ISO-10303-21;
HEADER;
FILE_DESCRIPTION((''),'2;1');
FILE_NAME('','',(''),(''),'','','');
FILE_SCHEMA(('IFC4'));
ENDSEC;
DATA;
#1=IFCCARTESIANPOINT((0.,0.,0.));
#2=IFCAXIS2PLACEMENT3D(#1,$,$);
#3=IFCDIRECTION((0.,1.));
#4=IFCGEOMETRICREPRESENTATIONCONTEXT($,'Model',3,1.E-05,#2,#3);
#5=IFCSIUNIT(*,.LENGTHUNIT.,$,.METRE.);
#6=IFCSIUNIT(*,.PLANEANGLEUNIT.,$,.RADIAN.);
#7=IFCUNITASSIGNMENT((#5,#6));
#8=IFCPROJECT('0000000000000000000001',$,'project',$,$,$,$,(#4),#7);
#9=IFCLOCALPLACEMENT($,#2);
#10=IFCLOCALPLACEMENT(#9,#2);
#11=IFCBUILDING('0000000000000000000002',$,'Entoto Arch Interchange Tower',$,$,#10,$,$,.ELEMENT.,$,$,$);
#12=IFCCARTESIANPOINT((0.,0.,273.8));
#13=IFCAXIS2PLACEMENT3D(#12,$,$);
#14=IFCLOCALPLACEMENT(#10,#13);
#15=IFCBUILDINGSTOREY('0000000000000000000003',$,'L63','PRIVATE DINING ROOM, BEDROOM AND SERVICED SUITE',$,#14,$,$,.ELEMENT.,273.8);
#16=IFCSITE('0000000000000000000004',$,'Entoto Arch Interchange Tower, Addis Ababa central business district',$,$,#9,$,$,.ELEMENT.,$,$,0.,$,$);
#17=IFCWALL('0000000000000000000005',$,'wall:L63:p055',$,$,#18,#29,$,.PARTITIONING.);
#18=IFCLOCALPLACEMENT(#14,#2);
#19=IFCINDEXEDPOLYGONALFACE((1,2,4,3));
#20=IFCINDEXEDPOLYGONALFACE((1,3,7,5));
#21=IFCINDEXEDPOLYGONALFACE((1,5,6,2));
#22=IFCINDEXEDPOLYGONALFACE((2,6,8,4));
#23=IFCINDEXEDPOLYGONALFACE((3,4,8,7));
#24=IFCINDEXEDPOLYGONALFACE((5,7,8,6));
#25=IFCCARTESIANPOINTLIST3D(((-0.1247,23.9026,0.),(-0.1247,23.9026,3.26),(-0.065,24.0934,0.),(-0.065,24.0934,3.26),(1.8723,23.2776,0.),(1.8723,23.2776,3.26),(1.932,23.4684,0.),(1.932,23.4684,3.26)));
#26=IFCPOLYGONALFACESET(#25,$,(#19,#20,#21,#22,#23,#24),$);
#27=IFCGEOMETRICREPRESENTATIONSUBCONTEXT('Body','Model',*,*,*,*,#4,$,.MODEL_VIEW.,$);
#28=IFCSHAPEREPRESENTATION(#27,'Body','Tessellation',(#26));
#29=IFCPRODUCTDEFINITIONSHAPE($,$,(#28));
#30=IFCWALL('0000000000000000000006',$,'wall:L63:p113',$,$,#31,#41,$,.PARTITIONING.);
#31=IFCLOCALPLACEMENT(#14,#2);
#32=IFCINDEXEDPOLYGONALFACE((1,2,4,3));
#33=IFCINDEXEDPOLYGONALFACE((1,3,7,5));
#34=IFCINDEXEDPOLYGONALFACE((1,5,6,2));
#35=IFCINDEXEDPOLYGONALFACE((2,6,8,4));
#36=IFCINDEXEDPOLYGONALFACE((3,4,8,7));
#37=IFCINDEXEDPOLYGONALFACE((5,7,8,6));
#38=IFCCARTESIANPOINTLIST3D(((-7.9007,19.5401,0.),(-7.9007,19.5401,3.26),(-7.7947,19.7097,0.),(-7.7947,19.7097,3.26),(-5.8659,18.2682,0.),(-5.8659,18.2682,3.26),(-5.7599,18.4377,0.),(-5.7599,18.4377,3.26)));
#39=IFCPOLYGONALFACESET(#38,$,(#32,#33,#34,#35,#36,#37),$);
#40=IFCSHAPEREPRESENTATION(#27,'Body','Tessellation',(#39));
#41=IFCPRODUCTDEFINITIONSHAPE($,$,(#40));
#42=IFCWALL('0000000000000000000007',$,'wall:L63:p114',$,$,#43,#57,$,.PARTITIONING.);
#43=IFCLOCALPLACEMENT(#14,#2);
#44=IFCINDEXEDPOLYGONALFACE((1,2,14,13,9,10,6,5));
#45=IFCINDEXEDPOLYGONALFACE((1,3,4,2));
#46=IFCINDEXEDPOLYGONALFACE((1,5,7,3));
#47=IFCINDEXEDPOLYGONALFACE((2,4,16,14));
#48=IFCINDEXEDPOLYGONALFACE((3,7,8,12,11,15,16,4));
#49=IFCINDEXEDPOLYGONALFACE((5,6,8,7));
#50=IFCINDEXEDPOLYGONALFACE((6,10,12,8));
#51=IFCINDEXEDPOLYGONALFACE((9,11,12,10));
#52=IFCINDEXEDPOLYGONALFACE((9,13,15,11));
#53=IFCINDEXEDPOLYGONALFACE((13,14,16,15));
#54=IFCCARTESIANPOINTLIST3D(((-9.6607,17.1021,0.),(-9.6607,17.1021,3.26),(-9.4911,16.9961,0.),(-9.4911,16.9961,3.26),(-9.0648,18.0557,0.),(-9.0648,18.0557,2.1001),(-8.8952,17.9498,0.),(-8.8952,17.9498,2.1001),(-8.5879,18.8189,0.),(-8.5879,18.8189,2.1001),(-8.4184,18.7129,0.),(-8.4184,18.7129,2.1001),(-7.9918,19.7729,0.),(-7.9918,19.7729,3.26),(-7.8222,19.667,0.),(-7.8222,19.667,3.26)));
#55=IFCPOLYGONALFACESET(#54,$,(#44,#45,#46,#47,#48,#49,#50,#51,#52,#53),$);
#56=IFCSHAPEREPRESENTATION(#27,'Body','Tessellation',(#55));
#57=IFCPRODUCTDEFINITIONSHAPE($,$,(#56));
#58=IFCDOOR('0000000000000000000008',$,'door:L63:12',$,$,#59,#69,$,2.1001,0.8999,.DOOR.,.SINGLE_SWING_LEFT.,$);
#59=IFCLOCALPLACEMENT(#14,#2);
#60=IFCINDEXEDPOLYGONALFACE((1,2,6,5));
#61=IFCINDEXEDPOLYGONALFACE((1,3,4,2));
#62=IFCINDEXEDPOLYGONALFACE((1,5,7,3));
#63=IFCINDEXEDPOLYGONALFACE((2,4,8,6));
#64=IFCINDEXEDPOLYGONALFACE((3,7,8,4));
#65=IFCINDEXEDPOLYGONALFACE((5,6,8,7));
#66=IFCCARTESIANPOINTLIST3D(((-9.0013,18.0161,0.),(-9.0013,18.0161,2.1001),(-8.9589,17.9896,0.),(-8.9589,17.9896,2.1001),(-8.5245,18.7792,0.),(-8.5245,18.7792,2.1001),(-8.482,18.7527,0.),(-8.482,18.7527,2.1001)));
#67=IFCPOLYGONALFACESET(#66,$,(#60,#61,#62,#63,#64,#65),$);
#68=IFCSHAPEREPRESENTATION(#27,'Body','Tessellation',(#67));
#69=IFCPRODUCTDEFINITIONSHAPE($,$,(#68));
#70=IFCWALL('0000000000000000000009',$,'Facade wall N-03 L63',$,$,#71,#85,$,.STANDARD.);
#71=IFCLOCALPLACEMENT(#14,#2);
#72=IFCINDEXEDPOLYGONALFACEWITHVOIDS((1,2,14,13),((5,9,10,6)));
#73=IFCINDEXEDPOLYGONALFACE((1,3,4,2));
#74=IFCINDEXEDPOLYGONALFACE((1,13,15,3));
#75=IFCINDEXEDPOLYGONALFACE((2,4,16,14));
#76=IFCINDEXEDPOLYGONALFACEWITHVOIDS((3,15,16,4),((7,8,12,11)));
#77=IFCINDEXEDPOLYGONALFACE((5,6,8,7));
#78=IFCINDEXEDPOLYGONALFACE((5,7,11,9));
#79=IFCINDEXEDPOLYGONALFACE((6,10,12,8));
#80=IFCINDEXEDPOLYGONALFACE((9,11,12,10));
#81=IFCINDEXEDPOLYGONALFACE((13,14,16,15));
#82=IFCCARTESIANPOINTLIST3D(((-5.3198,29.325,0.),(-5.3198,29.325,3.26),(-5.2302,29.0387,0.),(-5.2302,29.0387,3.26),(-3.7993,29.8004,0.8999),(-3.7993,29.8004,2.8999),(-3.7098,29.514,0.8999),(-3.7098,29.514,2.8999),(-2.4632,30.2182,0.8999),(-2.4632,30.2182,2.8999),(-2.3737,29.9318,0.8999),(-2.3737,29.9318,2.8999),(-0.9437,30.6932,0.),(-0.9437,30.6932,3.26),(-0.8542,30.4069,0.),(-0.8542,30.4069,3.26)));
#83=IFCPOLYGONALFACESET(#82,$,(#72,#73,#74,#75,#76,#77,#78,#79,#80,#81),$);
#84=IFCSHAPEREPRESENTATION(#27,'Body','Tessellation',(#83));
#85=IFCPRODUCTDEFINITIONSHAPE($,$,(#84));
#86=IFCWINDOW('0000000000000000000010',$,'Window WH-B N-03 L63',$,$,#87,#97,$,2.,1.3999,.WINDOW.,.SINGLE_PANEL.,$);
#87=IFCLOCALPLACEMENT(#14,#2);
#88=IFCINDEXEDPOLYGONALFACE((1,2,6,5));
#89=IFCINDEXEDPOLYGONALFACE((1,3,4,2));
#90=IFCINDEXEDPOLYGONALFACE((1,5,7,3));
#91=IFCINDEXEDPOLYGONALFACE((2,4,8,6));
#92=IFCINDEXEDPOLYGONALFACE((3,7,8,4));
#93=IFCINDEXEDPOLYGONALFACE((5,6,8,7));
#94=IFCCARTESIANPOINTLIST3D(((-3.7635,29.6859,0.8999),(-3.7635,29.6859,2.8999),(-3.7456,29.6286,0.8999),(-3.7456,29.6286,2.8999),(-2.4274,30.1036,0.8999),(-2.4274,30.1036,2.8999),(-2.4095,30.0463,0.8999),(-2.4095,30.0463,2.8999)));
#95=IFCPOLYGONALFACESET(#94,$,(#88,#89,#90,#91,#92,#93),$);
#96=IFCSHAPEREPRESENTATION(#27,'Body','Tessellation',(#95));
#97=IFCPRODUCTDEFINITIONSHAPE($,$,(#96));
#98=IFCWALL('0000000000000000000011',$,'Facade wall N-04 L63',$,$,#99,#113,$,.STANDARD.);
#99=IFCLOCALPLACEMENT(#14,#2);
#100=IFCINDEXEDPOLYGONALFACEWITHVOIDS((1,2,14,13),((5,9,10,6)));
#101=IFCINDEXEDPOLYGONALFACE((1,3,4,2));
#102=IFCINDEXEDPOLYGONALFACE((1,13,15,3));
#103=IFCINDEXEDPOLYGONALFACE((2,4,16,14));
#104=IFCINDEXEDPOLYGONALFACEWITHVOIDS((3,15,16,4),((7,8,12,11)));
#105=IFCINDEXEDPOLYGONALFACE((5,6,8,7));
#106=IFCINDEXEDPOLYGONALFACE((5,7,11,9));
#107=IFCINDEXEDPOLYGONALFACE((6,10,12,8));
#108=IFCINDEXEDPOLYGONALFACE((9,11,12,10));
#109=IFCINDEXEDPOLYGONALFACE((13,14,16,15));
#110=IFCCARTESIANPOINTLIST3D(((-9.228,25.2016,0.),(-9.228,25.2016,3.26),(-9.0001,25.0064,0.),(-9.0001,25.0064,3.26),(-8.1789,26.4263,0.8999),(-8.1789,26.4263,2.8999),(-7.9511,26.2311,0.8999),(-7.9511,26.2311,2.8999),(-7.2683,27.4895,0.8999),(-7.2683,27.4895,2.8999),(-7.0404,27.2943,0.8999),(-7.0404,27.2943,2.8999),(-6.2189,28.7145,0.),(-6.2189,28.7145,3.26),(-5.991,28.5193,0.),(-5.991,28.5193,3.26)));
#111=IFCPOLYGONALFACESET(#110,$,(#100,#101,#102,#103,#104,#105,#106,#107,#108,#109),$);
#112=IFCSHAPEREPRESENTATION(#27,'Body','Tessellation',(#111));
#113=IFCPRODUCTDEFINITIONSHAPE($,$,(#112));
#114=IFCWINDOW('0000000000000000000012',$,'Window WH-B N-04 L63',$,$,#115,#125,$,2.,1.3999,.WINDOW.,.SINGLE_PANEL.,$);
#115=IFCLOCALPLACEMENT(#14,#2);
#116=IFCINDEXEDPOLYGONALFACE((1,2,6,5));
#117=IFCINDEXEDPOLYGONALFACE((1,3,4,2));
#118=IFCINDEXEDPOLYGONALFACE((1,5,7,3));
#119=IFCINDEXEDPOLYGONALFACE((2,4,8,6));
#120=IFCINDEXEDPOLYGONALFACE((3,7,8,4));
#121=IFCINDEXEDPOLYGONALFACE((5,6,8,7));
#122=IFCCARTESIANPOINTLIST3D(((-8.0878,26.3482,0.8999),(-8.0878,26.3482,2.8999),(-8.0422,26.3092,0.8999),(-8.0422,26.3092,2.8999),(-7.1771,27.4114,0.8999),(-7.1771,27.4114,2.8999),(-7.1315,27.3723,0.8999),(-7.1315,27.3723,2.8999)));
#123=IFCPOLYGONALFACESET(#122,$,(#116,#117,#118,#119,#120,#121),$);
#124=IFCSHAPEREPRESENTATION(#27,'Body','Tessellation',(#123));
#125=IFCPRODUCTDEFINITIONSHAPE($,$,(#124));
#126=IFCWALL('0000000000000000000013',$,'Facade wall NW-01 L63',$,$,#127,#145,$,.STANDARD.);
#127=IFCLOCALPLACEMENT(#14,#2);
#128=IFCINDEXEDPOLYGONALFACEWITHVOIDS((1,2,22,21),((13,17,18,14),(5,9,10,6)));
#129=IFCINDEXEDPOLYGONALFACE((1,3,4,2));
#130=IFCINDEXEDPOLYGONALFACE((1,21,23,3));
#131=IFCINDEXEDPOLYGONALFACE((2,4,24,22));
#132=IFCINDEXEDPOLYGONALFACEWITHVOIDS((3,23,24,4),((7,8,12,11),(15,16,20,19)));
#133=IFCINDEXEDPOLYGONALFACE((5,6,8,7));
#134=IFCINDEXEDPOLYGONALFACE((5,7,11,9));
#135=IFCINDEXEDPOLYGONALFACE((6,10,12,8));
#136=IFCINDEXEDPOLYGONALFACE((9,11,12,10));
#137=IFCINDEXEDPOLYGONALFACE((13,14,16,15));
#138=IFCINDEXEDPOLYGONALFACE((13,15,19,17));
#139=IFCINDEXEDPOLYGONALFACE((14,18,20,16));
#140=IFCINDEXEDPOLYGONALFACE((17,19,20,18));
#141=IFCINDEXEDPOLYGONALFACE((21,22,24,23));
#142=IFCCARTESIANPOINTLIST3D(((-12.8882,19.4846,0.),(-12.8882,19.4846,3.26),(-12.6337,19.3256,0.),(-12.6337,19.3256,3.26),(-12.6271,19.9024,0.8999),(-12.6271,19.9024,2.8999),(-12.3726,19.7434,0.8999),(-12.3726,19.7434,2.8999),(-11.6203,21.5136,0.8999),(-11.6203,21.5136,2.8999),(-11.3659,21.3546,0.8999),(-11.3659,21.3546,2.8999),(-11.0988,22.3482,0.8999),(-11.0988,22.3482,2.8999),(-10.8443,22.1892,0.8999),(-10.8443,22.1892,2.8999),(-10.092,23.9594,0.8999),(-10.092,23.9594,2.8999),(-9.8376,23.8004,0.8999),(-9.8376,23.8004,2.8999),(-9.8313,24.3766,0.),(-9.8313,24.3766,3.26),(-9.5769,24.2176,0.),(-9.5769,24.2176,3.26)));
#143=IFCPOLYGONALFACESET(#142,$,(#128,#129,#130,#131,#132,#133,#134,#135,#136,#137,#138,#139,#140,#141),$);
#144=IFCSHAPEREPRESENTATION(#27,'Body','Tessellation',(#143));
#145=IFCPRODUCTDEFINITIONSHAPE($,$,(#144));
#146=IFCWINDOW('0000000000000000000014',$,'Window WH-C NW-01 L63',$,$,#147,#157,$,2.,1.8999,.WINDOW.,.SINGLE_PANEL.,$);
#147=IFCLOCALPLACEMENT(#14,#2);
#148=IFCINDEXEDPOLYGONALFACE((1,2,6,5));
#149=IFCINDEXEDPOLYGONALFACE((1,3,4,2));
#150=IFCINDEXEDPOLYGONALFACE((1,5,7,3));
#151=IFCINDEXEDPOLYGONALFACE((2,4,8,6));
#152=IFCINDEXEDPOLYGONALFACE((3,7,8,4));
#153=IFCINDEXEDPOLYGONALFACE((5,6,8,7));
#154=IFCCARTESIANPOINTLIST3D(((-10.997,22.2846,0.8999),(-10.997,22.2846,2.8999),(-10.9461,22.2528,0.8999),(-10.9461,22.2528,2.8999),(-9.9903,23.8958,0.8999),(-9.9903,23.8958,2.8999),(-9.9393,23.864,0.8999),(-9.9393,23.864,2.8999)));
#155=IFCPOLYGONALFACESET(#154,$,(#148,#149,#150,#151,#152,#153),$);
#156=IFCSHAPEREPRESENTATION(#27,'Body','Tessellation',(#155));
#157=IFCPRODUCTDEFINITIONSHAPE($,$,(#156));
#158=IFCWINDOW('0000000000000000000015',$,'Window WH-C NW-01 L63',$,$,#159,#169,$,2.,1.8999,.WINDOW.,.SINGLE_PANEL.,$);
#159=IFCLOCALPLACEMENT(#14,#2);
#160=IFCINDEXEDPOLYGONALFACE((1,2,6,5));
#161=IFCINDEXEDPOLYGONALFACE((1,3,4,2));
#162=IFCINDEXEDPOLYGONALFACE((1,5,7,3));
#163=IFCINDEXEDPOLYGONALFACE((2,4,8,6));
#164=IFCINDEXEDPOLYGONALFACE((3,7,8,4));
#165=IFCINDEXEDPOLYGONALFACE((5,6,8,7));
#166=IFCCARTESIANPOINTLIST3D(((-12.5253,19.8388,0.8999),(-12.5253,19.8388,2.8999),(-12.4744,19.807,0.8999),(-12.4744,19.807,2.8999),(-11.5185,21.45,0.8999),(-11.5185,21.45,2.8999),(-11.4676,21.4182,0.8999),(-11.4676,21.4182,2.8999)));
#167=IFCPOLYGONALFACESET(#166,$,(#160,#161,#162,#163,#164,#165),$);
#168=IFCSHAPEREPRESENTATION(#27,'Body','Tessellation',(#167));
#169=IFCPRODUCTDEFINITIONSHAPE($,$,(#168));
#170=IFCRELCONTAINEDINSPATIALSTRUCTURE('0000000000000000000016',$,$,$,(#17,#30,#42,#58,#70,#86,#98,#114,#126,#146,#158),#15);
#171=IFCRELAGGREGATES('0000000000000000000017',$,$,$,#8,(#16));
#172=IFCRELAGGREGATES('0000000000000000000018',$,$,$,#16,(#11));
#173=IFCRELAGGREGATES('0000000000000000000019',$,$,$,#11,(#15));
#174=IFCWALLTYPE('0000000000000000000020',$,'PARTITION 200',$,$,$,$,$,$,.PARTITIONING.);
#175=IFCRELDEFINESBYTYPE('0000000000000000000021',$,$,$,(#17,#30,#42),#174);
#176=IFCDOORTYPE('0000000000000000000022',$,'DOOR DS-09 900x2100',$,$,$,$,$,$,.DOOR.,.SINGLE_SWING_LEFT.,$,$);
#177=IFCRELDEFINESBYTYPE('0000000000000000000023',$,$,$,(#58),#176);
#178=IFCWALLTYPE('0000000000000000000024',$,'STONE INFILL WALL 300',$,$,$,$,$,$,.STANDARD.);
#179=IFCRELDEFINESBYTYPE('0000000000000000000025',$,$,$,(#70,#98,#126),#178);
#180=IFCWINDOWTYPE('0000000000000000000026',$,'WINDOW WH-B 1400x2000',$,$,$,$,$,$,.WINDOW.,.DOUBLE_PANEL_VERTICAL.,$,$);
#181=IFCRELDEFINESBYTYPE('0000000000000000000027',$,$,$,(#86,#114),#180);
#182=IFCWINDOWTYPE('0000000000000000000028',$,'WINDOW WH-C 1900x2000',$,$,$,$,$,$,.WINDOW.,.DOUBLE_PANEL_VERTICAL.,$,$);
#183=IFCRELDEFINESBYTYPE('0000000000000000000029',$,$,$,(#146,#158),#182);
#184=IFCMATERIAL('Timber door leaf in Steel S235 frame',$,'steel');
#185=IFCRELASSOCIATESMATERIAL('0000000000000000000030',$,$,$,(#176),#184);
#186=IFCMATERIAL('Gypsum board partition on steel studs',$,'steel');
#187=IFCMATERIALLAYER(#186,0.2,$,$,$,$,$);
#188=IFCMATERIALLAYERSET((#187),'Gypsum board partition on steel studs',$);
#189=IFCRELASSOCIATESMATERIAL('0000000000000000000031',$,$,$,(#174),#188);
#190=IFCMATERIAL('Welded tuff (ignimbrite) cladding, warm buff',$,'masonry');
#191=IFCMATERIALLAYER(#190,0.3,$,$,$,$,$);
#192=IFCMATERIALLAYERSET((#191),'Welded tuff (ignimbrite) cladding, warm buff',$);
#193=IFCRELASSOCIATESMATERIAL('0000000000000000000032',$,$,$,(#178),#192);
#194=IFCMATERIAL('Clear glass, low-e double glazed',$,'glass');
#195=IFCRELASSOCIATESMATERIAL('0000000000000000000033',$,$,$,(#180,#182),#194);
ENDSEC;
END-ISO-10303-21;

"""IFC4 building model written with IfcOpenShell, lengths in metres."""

from ifc_helpers import new_model, si_unit, direction, frame, frame_2d, origin, place, context, subcontext, project, spatial, rectangle, extrude, material, layer, layer_set, type_object, element, fill, save


model = new_model("IFC4")

# Units and contexts
model_context = context("Model", 3, precision=1e-05, world=origin(), true_north=direction((0.0, 1.0)))
body_context = subcontext(model_context, "Body", "Model", "MODEL_VIEW")
ifc_project = project(units=[si_unit("LENGTHUNIT", "METRE"), si_unit("PLANEANGLEUNIT", "RADIAN")], contexts=[model_context])

# Site, building, storey
site_placement = place(None, origin())
site = spatial("IfcSite", under=ifc_project, at=site_placement, Name="Entoto Arch Interchange Tower, Addis Ababa central business district", CompositionType="ELEMENT", RefElevation=0.0)
building_placement = place(site_placement, origin())
building = spatial("IfcBuilding", under=site, at=building_placement, Name="Entoto Arch Interchange Tower", CompositionType="ELEMENT")
storey_placement = place(building_placement, frame((0.0, 0.0, 273.8)))
storey = spatial("IfcBuildingStorey", under=building, at=storey_placement, Name="L63", Description="PRIVATE DINING ROOM, BEDROOM AND SERVICED SUITE", CompositionType="ELEMENT", Elevation=273.8)

# Shared definitions
ifc_material_1 = material(Name="Gypsum board partition on steel studs", Category="steel")
ifc_material_2 = material(Name="Timber door leaf in Steel S235 frame", Category="steel")
door_type_1 = type_object("IfcDoorType", Name="DOOR DS-09 900x2100", OperationType="SINGLE_SWING_LEFT", PredefinedType="DOOR", material=ifc_material_2)

# Shared definitions
ifc_layer_1 = layer(ifc_material_1, 0.2)
ifc_layer_set_1 = layer_set([ifc_layer_1], Name="Gypsum board partition on steel studs")
wall_type_1 = type_object("IfcWallType", Name="PARTITION 200", PredefinedType="PARTITIONING", material=ifc_layer_set_1)

# Walls
wall_1_placement = place(storey_placement, frame((-0.095, 23.998, 0.0), z_axis=(0.0, 0.0, 1.0), x_axis=(0.954355, -0.298674, 0.0)))
element("IfcWall", 1, at=wall_1_placement, inside=storey, type_object=wall_type_1, Name="wall:L63:p055", PredefinedType="PARTITIONING", context=body_context, shape_type="SweptSolid", body=[
    extrude(rectangle(XDim=2.0925, YDim=0.2, at=frame_2d((1.0464, 0.0))), origin(), (0.0, 0.0, 1.0), 3.26),
])
wall_2_placement = place(storey_placement, frame((-5.813, 18.353, 0.0), z_axis=(0.0, 0.0, 1.0), x_axis=(-0.84797, 0.530045, 0.0)))
element("IfcWall", 2, at=wall_2_placement, inside=storey, type_object=wall_type_1, Name="wall:L63:p113", PredefinedType="PARTITIONING", context=body_context, shape_type="SweptSolid", body=[
    extrude(rectangle(XDim=2.3997, YDim=0.2, at=frame_2d((1.1997, 0.0))), origin(), (0.0, 0.0, 1.0), 3.26),
])

# Wall, opening, door
wall_3_placement = place(storey_placement, frame((-7.907, 19.72, 0.0), z_axis=(0.0, 0.0, 1.0), x_axis=(-0.529915, -0.848051, 0.0)))
wall_3 = element("IfcWall", 3, at=wall_3_placement, inside=storey, type_object=wall_type_1, Name="wall:L63:p114", PredefinedType="PARTITIONING", context=body_context, shape_type="SweptSolid", body=[
    extrude(rectangle(XDim=3.1494, YDim=0.2, at=frame_2d((1.5747, 0.0))), origin(), (0.0, 0.0, 1.0), 3.26),
])
opening_1_placement = place(wall_3_placement, frame((1.125, 0.0, 0.0)))
opening_1 = element("IfcOpeningElement", 4, at=opening_1_placement, cuts=wall_3, PredefinedType="OPENING", context=body_context, shape_type="SweptSolid", body=[
    extrude(rectangle(XDim=0.8999, YDim=2.1001, at=frame_2d((0.45, 1.05))), frame((0.0, 0.1099, 0.0), z_axis=(0.0, -1.0, 0.0), x_axis=(1.0, 0.0, 0.0)), (0.0, 0.0, 1.0), 0.22),
])
door_1_placement = place(opening_1_placement, origin())
door_1 = element("IfcDoor", 5, at=door_1_placement, inside=storey, type_object=door_type_1, Name="door:L63:12", OperationType="SINGLE_SWING_LEFT", OverallHeight=2.1001, OverallWidth=0.8999, PredefinedType="DOOR", context=body_context, shape_type="SweptSolid", body=[
    extrude(rectangle(XDim=0.8999, YDim=2.1001, at=frame_2d((0.45, 1.05))), frame((0.0, 0.0249, 0.0), z_axis=(0.0, -1.0, 0.0), x_axis=(1.0, 0.0, 0.0)), (0.0, 0.0, 1.0), 0.05),
])
fill(opening_1, door_1)

# Walls, openings, windows
ifc_material_3 = material(Name="Welded tuff (ignimbrite) cladding, warm buff", Category="masonry")
ifc_layer_2 = layer(ifc_material_3, 0.3)
ifc_layer_set_2 = layer_set([ifc_layer_2], Name="Welded tuff (ignimbrite) cladding, warm buff")
wall_type_2 = type_object("IfcWallType", Name="STONE INFILL WALL 300", PredefinedType="STANDARD", material=ifc_layer_set_2)
wall_4_placement = place(storey_placement, frame((-0.8989, 30.55, 0.0), z_axis=(0.0, 0.0, 1.0), x_axis=(-0.954438, -0.298408, 0.0)))
wall_4 = element("IfcWall", 6, at=wall_4_placement, inside=storey, type_object=wall_type_2, Name="Facade wall N-03 L63", PredefinedType="STANDARD", context=body_context, shape_type="SweptSolid", body=[
    extrude(rectangle(XDim=4.585, YDim=0.3, at=frame_2d((2.2925, 0.0))), origin(), (0.0, 0.0, 1.0), 3.26),
])
opening_2_placement = place(wall_4_placement, frame((1.592, 0.0, 0.8999)))
opening_2 = element("IfcOpeningElement", 7, at=opening_2_placement, cuts=wall_4, PredefinedType="OPENING", context=body_context, shape_type="SweptSolid", body=[
    extrude(rectangle(XDim=1.3999, YDim=2.0, at=frame_2d((0.7, 1.0))), frame((0.0, 0.1602, 0.0), z_axis=(0.0, -1.0, 0.0), x_axis=(1.0, 0.0, 0.0)), (0.0, 0.0, 1.0), 0.3201),
])
ifc_material_4 = material(Name="Clear glass, low-e double glazed", Category="glass")
window_type_1 = type_object("IfcWindowType", Name="WINDOW WH-B 1400x2000", PartitioningType="DOUBLE_PANEL_VERTICAL", PredefinedType="WINDOW", material=ifc_material_4)
window_1_placement = place(opening_2_placement, origin())
window_1 = element("IfcWindow", 8, at=window_1_placement, inside=storey, type_object=window_type_1, Name="Window WH-B N-03 L63", OverallHeight=2.0, OverallWidth=1.3999, PartitioningType="SINGLE_PANEL", PredefinedType="WINDOW", context=body_context, shape_type="SweptSolid", body=[
    extrude(rectangle(XDim=1.3999, YDim=2.0, at=frame_2d((0.7, 1.0))), frame((0.0, 0.03, 0.0), z_axis=(0.0, -1.0, 0.0), x_axis=(1.0, 0.0, 0.0)), (0.0, 0.0, 1.0), 0.0601),
])
fill(opening_2, window_1)
wall_5_placement = place(storey_placement, frame((-6.105, 28.6169, 0.0), z_axis=(0.0, 0.0, 1.0), x_axis=(-0.650535, -0.759476, 0.0)))
wall_5 = element("IfcWall", 9, at=wall_5_placement, inside=storey, type_object=wall_type_2, Name="Facade wall N-04 L63", PredefinedType="STANDARD", context=body_context, shape_type="SweptSolid", body=[
    extrude(rectangle(XDim=4.6255, YDim=0.3, at=frame_2d((2.3127, 0.0))), origin(), (0.0, 0.0, 1.0), 3.26),
])
opening_3_placement = place(wall_5_placement, frame((1.613, 0.0, 0.8999)))
opening_3 = element("IfcOpeningElement", 10, at=opening_3_placement, cuts=wall_5, PredefinedType="OPENING", context=body_context, shape_type="SweptSolid", body=[
    extrude(rectangle(XDim=1.3999, YDim=2.0, at=frame_2d((0.7, 1.0))), frame((0.0, 0.1602, 0.0), z_axis=(0.0, -1.0, 0.0), x_axis=(1.0, 0.0, 0.0)), (0.0, 0.0, 1.0), 0.3201),
])
window_2_placement = place(opening_3_placement, origin())
window_2 = element("IfcWindow", 11, at=window_2_placement, inside=storey, type_object=window_type_1, Name="Window WH-B N-04 L63", OverallHeight=2.0, OverallWidth=1.3999, PartitioningType="SINGLE_PANEL", PredefinedType="WINDOW", context=body_context, shape_type="SweptSolid", body=[
    extrude(rectangle(XDim=1.3999, YDim=2.0, at=frame_2d((0.7, 1.0))), frame((0.0, 0.03, 0.0), z_axis=(0.0, -1.0, 0.0), x_axis=(1.0, 0.0, 0.0)), (0.0, 0.0, 1.0), 0.0601),
])
fill(opening_3, window_2)

# Wall, openings, windows
wall_6_placement = place(storey_placement, frame((-9.7041, 24.2971, 0.0), z_axis=(0.0, 0.0, 1.0), x_axis=(-0.529915, -0.848051, 0.0)))
wall_6 = element("IfcWall", 12, at=wall_6_placement, inside=storey, type_object=wall_type_2, Name="Facade wall NW-01 L63", PredefinedType="STANDARD", context=body_context, shape_type="SweptSolid", body=[
    extrude(rectangle(XDim=5.7686, YDim=0.3, at=frame_2d((2.8843, 0.0))), origin(), (0.0, 0.0, 1.0), 3.26),
])
opening_4_placement = place(wall_6_placement, frame((0.4919, 0.0, 0.8999)))
opening_4 = element("IfcOpeningElement", 13, at=opening_4_placement, cuts=wall_6, PredefinedType="OPENING", context=body_context, shape_type="SweptSolid", body=[
    extrude(rectangle(XDim=1.8999, YDim=2.0, at=frame_2d((0.95, 1.0))), frame((0.0, 0.1602, 0.0), z_axis=(0.0, -1.0, 0.0), x_axis=(1.0, 0.0, 0.0)), (0.0, 0.0, 1.0), 0.3201),
])
opening_5_placement = place(wall_6_placement, frame((3.376, 0.0, 0.8999)))
opening_5 = element("IfcOpeningElement", 14, at=opening_5_placement, cuts=wall_6, PredefinedType="OPENING", context=body_context, shape_type="SweptSolid", body=[
    extrude(rectangle(XDim=1.8999, YDim=2.0, at=frame_2d((0.95, 1.0))), frame((0.0, 0.1602, 0.0), z_axis=(0.0, -1.0, 0.0), x_axis=(1.0, 0.0, 0.0)), (0.0, 0.0, 1.0), 0.3201),
])
window_type_2 = type_object("IfcWindowType", Name="WINDOW WH-C 1900x2000", PartitioningType="DOUBLE_PANEL_VERTICAL", PredefinedType="WINDOW", material=ifc_material_4)
window_3_placement = place(opening_4_placement, origin())
window_3 = element("IfcWindow", 15, at=window_3_placement, inside=storey, type_object=window_type_2, Name="Window WH-C NW-01 L63", OverallHeight=2.0, OverallWidth=1.8999, PartitioningType="SINGLE_PANEL", PredefinedType="WINDOW", context=body_context, shape_type="SweptSolid", body=[
    extrude(rectangle(XDim=1.8999, YDim=2.0, at=frame_2d((0.95, 1.0))), frame((0.0, 0.03, 0.0), z_axis=(0.0, -1.0, 0.0), x_axis=(1.0, 0.0, 0.0)), (0.0, 0.0, 1.0), 0.0601),
])
fill(opening_4, window_3)
window_4_placement = place(opening_5_placement, origin())
window_4 = element("IfcWindow", 16, at=window_4_placement, inside=storey, type_object=window_type_2, Name="Window WH-C NW-01 L63", OverallHeight=2.0, OverallWidth=1.8999, PartitioningType="SINGLE_PANEL", PredefinedType="WINDOW", context=body_context, shape_type="SweptSolid", body=[
    extrude(rectangle(XDim=1.8999, YDim=2.0, at=frame_2d((0.95, 1.0))), frame((0.0, 0.03, 0.0), z_axis=(0.0, -1.0, 0.0), x_axis=(1.0, 0.0, 0.0)), (0.0, 0.0, 1.0), 0.0601),
])
fill(opening_5, window_4)

save(model, "model.ifc")
